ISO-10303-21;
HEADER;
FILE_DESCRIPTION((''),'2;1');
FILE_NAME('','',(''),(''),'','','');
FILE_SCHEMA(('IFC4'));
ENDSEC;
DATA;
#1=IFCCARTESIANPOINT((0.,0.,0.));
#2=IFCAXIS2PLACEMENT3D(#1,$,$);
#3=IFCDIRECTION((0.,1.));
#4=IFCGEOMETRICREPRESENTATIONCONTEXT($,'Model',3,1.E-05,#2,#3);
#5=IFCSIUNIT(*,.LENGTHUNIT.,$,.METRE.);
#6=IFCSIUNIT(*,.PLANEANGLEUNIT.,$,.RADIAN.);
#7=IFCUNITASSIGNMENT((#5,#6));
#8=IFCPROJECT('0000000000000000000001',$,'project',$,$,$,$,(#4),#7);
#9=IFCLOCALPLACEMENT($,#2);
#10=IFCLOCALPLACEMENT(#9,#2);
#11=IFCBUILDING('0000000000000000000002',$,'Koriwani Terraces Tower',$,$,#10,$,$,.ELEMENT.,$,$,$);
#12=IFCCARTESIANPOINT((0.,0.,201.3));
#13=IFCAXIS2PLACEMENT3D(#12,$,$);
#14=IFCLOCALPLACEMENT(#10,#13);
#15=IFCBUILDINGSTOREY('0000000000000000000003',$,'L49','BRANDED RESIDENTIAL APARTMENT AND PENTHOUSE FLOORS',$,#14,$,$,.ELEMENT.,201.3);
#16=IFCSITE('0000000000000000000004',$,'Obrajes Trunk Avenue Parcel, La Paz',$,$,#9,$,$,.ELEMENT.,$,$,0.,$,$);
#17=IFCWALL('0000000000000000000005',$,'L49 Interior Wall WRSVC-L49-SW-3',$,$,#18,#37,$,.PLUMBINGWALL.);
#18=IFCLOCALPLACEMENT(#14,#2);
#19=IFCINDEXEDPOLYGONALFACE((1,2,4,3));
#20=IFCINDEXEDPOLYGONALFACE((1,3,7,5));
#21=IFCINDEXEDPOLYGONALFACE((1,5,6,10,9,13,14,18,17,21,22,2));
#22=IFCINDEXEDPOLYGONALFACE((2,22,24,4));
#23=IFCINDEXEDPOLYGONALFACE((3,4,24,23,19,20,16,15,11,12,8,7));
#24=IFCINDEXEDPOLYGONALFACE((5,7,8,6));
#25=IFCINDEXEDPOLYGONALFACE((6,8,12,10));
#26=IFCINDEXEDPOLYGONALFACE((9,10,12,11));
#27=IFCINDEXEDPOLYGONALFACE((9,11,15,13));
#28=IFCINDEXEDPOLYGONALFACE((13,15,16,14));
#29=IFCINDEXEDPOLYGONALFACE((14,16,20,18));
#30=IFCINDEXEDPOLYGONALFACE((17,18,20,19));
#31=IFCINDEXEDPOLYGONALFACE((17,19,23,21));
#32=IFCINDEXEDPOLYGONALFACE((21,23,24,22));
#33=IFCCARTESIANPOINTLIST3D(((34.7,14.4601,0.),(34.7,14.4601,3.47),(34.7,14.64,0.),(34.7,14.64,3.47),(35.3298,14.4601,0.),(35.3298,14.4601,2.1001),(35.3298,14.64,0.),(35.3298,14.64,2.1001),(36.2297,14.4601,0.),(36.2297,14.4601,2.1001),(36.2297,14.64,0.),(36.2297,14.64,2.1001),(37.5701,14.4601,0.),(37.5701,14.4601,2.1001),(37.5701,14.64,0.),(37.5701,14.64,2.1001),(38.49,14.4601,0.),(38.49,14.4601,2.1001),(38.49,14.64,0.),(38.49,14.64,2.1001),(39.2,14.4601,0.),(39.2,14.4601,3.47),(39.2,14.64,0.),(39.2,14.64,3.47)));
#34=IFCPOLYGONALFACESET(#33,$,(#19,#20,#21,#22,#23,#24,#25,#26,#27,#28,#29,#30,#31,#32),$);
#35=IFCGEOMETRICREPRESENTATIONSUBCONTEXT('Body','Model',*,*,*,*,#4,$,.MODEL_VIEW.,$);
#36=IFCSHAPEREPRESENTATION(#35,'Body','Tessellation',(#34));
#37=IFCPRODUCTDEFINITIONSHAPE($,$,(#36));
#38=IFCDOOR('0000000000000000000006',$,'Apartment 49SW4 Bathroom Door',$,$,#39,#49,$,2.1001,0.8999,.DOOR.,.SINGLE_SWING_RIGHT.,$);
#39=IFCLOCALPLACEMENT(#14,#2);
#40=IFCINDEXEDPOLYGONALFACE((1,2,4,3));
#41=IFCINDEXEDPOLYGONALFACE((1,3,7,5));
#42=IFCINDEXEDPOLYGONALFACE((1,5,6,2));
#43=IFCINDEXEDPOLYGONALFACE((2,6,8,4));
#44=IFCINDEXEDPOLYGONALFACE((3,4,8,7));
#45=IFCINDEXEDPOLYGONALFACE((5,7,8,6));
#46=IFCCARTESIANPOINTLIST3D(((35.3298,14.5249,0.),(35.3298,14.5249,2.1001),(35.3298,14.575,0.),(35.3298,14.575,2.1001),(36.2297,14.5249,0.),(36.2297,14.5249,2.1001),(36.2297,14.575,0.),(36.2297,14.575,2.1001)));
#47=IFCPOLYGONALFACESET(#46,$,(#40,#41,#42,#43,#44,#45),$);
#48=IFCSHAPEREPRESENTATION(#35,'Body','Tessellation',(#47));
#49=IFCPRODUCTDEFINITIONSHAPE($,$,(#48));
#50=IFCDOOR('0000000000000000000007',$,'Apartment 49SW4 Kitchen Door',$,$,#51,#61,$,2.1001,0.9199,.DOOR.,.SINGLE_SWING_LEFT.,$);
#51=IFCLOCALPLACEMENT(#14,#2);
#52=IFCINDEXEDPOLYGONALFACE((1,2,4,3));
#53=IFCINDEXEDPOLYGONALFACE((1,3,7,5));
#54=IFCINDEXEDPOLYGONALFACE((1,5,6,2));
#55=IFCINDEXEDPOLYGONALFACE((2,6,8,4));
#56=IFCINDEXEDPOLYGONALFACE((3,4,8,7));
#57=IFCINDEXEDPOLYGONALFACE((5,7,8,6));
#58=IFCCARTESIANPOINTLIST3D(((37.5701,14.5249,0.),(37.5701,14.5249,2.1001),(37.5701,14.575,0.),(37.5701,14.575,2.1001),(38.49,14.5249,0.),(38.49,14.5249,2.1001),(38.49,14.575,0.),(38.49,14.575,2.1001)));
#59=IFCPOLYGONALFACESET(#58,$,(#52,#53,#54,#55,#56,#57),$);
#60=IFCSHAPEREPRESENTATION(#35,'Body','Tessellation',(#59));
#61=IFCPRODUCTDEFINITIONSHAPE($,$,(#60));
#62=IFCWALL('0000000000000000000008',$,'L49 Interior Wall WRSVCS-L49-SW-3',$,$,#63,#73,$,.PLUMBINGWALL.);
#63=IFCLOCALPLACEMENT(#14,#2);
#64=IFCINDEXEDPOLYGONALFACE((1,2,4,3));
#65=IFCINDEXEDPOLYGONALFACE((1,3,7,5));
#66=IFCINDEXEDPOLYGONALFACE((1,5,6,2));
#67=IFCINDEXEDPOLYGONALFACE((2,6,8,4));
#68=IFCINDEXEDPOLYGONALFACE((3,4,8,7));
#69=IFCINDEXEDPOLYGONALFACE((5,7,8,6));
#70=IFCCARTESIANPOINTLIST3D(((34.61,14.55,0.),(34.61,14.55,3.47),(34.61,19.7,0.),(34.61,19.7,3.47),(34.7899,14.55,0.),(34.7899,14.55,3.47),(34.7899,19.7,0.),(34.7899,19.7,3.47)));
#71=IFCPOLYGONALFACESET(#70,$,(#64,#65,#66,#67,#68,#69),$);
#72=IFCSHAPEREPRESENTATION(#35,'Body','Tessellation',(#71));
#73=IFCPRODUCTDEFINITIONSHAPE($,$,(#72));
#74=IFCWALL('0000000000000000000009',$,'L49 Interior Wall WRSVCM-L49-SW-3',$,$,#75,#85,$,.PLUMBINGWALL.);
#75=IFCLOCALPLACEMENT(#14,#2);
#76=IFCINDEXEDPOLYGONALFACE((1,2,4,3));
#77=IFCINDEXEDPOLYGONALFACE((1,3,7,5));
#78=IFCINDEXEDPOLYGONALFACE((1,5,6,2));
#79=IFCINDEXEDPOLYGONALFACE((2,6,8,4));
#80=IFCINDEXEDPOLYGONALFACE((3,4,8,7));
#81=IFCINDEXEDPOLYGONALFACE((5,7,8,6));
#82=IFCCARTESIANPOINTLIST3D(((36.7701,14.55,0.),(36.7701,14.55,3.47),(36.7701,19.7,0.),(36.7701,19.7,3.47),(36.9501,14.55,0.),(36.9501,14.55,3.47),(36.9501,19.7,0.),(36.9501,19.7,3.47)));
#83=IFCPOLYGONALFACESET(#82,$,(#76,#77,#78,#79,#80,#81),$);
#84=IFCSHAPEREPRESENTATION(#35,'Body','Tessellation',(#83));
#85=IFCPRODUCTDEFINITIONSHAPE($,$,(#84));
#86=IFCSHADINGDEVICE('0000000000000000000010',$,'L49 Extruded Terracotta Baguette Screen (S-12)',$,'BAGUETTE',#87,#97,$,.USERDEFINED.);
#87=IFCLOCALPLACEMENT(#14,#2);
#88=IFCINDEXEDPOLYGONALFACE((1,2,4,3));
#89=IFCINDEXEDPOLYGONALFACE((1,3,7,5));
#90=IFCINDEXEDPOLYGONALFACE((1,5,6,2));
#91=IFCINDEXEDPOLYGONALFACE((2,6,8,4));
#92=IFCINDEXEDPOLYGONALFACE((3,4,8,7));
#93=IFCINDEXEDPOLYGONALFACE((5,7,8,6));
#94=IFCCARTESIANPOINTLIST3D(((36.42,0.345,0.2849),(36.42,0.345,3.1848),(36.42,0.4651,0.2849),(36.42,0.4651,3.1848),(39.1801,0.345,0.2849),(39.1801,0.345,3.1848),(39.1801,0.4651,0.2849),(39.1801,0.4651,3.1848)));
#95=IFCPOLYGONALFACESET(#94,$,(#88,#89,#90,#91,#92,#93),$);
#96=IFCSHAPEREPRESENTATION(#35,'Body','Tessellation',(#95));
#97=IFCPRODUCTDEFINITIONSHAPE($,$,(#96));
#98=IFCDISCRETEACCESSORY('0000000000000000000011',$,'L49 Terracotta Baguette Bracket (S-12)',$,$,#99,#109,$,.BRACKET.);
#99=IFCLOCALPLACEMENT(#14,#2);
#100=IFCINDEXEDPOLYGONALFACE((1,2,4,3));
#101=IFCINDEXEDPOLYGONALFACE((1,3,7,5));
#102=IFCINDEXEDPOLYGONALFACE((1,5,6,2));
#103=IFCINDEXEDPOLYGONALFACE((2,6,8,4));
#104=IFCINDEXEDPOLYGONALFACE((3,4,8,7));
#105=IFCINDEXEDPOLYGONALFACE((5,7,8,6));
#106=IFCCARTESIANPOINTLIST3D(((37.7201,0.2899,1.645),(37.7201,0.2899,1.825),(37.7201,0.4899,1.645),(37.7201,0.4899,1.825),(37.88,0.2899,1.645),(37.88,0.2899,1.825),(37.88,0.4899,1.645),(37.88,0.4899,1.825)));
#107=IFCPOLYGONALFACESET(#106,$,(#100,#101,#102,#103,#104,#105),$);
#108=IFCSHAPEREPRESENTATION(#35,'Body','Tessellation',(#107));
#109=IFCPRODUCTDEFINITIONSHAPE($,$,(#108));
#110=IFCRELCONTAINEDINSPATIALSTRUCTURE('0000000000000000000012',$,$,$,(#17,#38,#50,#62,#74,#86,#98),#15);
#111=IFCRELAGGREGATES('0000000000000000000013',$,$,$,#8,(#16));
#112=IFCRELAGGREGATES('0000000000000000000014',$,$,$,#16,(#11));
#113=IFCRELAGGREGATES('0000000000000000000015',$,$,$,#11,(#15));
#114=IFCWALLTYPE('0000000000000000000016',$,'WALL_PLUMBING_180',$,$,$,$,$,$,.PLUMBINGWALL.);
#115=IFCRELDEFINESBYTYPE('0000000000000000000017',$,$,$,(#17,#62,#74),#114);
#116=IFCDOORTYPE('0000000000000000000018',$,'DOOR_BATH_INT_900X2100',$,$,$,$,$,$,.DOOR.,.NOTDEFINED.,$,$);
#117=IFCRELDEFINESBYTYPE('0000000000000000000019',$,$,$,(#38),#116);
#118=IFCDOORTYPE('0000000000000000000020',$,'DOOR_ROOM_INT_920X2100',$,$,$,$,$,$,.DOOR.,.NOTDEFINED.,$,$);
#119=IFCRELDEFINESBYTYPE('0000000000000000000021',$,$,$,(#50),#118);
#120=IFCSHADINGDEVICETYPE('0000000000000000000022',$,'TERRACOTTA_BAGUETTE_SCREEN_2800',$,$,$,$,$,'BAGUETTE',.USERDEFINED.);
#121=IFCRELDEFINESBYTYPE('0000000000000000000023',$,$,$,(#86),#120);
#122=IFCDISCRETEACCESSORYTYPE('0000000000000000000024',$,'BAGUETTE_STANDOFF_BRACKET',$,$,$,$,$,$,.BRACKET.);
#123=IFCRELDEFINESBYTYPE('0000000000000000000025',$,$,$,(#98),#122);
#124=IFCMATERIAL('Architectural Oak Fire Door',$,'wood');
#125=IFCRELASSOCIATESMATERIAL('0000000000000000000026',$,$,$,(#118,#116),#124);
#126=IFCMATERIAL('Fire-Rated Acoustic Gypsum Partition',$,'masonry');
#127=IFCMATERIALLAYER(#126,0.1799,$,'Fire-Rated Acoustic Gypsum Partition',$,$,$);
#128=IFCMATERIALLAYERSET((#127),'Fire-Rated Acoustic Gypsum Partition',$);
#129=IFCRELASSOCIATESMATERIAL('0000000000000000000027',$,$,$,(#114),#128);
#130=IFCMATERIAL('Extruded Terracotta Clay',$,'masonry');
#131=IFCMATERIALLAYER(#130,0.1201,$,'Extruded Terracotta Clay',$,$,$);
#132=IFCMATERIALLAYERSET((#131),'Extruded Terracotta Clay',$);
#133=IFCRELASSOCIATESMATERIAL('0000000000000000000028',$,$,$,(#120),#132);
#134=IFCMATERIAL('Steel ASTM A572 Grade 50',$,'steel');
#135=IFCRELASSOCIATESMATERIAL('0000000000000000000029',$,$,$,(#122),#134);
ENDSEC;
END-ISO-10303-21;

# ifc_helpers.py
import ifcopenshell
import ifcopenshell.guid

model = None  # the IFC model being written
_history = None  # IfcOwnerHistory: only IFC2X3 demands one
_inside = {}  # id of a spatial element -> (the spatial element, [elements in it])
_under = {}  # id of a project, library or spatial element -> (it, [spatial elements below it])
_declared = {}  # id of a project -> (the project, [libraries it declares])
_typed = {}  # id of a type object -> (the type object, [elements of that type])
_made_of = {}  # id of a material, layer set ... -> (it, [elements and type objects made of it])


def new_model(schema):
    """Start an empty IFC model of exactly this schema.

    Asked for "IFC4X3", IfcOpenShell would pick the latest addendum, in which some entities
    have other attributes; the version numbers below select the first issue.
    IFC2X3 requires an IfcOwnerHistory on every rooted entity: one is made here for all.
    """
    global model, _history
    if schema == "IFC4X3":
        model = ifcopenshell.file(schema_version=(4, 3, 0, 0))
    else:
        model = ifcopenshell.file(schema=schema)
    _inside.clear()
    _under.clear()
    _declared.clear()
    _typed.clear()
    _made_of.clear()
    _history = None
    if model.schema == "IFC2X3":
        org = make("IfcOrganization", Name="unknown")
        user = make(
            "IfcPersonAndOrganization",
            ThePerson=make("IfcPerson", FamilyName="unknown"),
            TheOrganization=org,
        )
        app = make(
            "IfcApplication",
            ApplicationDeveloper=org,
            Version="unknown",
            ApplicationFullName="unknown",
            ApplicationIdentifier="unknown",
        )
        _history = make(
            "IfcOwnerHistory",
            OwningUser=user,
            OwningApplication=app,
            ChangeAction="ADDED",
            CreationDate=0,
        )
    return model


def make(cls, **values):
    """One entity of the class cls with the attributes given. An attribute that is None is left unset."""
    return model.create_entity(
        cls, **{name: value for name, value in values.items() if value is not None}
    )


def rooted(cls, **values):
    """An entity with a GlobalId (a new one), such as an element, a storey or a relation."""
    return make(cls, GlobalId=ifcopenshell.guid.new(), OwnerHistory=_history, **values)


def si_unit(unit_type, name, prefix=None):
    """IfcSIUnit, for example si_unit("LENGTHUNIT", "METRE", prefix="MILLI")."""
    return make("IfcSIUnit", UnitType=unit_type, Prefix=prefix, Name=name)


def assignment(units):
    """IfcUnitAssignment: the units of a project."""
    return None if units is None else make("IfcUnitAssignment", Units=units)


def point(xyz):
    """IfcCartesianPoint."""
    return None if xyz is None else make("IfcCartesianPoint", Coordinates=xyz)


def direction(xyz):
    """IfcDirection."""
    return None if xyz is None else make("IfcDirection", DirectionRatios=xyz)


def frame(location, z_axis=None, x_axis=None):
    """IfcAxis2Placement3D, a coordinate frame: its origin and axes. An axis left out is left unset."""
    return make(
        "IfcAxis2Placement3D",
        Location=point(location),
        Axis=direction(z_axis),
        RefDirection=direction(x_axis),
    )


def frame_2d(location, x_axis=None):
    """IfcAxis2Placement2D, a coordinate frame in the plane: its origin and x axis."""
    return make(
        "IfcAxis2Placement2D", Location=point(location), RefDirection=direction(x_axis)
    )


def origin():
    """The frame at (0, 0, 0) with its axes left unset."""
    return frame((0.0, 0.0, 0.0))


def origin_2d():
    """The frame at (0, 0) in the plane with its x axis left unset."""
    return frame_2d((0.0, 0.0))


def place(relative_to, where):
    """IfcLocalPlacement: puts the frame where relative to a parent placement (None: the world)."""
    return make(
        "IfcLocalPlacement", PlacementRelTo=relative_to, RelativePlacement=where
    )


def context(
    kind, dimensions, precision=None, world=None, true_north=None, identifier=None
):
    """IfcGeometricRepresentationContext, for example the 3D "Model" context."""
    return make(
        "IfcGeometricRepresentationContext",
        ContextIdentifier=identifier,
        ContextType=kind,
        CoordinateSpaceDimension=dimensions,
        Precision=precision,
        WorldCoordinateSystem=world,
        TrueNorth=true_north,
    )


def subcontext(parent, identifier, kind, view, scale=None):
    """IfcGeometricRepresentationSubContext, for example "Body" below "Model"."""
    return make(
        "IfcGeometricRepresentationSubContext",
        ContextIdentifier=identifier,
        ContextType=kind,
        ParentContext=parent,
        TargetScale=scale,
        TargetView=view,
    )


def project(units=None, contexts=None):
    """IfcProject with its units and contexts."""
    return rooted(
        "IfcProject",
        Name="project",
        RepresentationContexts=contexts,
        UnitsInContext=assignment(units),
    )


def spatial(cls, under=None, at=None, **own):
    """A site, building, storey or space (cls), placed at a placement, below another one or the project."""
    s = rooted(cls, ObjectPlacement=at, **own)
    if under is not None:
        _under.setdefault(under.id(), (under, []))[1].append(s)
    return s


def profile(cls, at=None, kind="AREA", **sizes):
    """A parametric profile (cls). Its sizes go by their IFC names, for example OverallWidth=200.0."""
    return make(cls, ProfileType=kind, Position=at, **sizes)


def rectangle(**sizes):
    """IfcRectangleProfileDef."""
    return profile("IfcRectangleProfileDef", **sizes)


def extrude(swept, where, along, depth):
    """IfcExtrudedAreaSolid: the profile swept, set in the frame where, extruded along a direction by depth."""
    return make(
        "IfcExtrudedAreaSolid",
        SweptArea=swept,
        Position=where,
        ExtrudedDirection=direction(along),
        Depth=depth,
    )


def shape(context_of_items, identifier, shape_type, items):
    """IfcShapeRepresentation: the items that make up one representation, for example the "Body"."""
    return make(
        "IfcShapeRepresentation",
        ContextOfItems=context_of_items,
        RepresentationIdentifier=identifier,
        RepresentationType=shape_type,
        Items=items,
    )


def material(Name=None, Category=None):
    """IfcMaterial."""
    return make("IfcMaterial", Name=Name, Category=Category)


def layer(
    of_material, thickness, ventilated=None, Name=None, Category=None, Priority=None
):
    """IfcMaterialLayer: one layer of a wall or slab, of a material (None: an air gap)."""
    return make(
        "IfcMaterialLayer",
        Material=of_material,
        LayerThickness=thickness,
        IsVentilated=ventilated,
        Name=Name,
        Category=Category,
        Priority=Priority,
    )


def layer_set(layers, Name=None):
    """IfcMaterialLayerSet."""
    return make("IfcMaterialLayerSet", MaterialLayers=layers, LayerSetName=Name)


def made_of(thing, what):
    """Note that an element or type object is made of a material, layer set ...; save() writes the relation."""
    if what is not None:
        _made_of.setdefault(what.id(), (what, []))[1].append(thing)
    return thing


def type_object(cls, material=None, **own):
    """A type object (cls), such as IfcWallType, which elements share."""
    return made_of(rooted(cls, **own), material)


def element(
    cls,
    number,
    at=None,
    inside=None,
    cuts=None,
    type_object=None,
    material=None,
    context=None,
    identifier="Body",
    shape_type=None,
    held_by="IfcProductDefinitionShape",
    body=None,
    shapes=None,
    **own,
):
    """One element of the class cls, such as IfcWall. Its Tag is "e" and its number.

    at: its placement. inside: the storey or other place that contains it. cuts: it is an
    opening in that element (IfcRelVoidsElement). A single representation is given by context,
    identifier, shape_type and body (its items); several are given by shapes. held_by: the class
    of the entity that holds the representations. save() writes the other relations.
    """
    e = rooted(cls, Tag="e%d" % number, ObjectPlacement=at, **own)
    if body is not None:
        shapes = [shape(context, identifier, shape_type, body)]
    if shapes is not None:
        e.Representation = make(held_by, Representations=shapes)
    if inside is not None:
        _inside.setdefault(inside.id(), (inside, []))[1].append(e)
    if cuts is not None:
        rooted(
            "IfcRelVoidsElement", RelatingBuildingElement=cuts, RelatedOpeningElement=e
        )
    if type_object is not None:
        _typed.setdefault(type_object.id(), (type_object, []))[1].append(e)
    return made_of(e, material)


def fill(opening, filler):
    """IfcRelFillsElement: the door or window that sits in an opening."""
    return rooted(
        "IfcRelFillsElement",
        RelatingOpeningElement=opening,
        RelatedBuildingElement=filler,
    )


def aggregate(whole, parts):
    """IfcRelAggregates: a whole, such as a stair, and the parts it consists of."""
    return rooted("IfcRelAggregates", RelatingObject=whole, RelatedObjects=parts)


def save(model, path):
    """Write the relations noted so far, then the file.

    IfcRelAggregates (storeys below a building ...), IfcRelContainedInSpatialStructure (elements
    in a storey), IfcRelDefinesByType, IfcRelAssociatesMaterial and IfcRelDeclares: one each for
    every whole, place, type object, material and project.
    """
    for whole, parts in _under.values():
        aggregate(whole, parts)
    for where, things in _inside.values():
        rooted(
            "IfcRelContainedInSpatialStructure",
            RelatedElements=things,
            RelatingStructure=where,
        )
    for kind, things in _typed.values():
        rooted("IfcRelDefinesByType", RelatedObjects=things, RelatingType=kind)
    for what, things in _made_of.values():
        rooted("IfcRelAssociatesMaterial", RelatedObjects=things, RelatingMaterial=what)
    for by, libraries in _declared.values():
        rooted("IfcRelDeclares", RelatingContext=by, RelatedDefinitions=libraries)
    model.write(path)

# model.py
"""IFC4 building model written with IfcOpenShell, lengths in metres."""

from ifc_helpers import new_model, si_unit, direction, frame, frame_2d, origin, origin_2d, place, context, subcontext, project, spatial, rectangle, extrude, material, layer, layer_set, type_object, element, fill, save


model = new_model("IFC4")

# Units and contexts
model_context = context("Model", 3, precision=1e-05, world=origin(), true_north=direction((0.0, 1.0)))
body_context = subcontext(model_context, "Body", "Model", "MODEL_VIEW")
ifc_project = project(units=[si_unit("LENGTHUNIT", "METRE"), si_unit("PLANEANGLEUNIT", "RADIAN")], contexts=[model_context])

# Site, building, storey
site_placement = place(None, origin())
site = spatial("IfcSite", under=ifc_project, at=site_placement, Name="Obrajes Trunk Avenue Parcel, La Paz", CompositionType="ELEMENT", RefElevation=0.0)
building_placement = place(site_placement, origin())
building = spatial("IfcBuilding", under=site, at=building_placement, Name="Koriwani Terraces Tower", CompositionType="ELEMENT")
storey_placement = place(building_placement, frame((0.0, 0.0, 201.3)))
storey = spatial("IfcBuildingStorey", under=building, at=storey_placement, Name="L49", Description="BRANDED RESIDENTIAL APARTMENT AND PENTHOUSE FLOORS", CompositionType="ELEMENT", Elevation=201.3)

# Shared definitions
ifc_material_1 = material(Name="Steel ASTM A572 Grade 50", Category="steel")

# Shared definitions
ifc_material_2 = material(Name="Architectural Oak Fire Door", Category="wood")
door_type_1 = type_object("IfcDoorType", Name="DOOR_ROOM_INT_920X2100", OperationType="NOTDEFINED", PredefinedType="DOOR", material=ifc_material_2)

# Shared definitions
ifc_material_3 = material(Name="Fire-Rated Acoustic Gypsum Partition", Category="masonry")
ifc_layer_1 = layer(ifc_material_3, 0.1799, Name="Fire-Rated Acoustic Gypsum Partition")
ifc_layer_set_1 = layer_set([ifc_layer_1], Name="Fire-Rated Acoustic Gypsum Partition")
wall_type_1 = type_object("IfcWallType", Name="WALL_PLUMBING_180", PredefinedType="PLUMBINGWALL", material=ifc_layer_set_1)
door_type_2 = type_object("IfcDoorType", Name="DOOR_BATH_INT_900X2100", OperationType="NOTDEFINED", PredefinedType="DOOR", material=ifc_material_2)

# Wall, openings, doors
wall_1_placement = place(storey_placement, frame((34.7, 14.55, 0.0), z_axis=(0.0, 0.0, 1.0), x_axis=(1.0, 0.0, 0.0)))
wall_1 = element("IfcWall", 1, at=wall_1_placement, inside=storey, type_object=wall_type_1, Name="L49 Interior Wall WRSVC-L49-SW-3", PredefinedType="PLUMBINGWALL", context=body_context, shape_type="SweptSolid", body=[
    extrude(rectangle(XDim=4.5, YDim=0.1799, at=frame_2d((2.25, 0.0))), origin(), (0.0, 0.0, 1.0), 3.47),
])
opening_1_placement = place(wall_1_placement, frame((0.6299, 0.0, 0.0)))
opening_1 = element("IfcOpeningElement", 2, at=opening_1_placement, cuts=wall_1, PredefinedType="OPENING", context=body_context, shape_type="SweptSolid", body=[
    extrude(rectangle(XDim=0.8999, YDim=2.1001, at=frame_2d((0.45, 1.05))), frame((0.0, 0.1001, 0.0), z_axis=(0.0, -1.0, 0.0), x_axis=(1.0, 0.0, 0.0)), (0.0, 0.0, 1.0), 0.2),
])
opening_2_placement = place(wall_1_placement, frame((2.8701, 0.0, 0.0)))
opening_2 = element("IfcOpeningElement", 3, at=opening_2_placement, cuts=wall_1, PredefinedType="OPENING", context=body_context, shape_type="SweptSolid", body=[
    extrude(rectangle(XDim=0.9199, YDim=2.1001, at=frame_2d((0.46, 1.05))), frame((0.0, 0.1001, 0.0), z_axis=(0.0, -1.0, 0.0), x_axis=(1.0, 0.0, 0.0)), (0.0, 0.0, 1.0), 0.2),
])
door_1_placement = place(opening_1_placement, origin())
door_1 = element("IfcDoor", 4, at=door_1_placement, inside=storey, type_object=door_type_2, Name="Apartment 49SW4 Bathroom Door", OperationType="SINGLE_SWING_RIGHT", OverallHeight=2.1001, OverallWidth=0.8999, PredefinedType="DOOR", context=body_context, shape_type="SweptSolid", body=[
    extrude(rectangle(XDim=0.8999, YDim=2.1001, at=frame_2d((0.45, 1.05))), frame((0.0, 0.0249, 0.0), z_axis=(0.0, -1.0, 0.0), x_axis=(1.0, 0.0, 0.0)), (0.0, 0.0, 1.0), 0.05),
])
fill(opening_1, door_1)
door_2_placement = place(opening_2_placement, origin())
door_2 = element("IfcDoor", 5, at=door_2_placement, inside=storey, type_object=door_type_1, Name="Apartment 49SW4 Kitchen Door", OperationType="SINGLE_SWING_LEFT", OverallHeight=2.1001, OverallWidth=0.9199, PredefinedType="DOOR", context=body_context, shape_type="SweptSolid", body=[
    extrude(rectangle(XDim=0.9199, YDim=2.1001, at=frame_2d((0.46, 1.05))), frame((0.0, 0.0249, 0.0), z_axis=(0.0, -1.0, 0.0), x_axis=(1.0, 0.0, 0.0)), (0.0, 0.0, 1.0), 0.05),
])
fill(opening_2, door_2)

# Walls
for number, where, z_axis, x_axis, name in (
    (6, (34.7, 14.55, 0.0), (0.0, 0.0, 1.0), (0.0, 1.0, 0.0), "L49 Interior Wall WRSVCS-L49-SW-3"),
    (7, (36.8601, 14.55, 0.0), (0.0, 0.0, 1.0), (0.0, 1.0, 0.0), "L49 Interior Wall WRSVCM-L49-SW-3"),
):
    element("IfcWall", number, at=place(storey_placement, frame(where, z_axis=z_axis, x_axis=x_axis)), inside=storey, type_object=wall_type_1, Name=name, PredefinedType="PLUMBINGWALL", context=body_context, shape_type="SweptSolid", body=[
        extrude(rectangle(XDim=5.1499, YDim=0.1799, at=frame_2d((2.575, 0.0))), origin(), (0.0, 0.0, 1.0), 3.47),
    ])

# Shading device
ifc_material_4 = material(Name="Extruded Terracotta Clay", Category="masonry")
ifc_layer_2 = layer(ifc_material_4, 0.1201, Name="Extruded Terracotta Clay")
ifc_layer_set_2 = layer_set([ifc_layer_2], Name="Extruded Terracotta Clay")
shading_device_type = type_object("IfcShadingDeviceType", Name="TERRACOTTA_BAGUETTE_SCREEN_2800", ElementType="BAGUETTE", PredefinedType="USERDEFINED", material=ifc_layer_set_2)
shading_device_placement = place(storey_placement, frame((37.8, 0.405, 0.2849), z_axis=(0.0, 0.0, 1.0), x_axis=(-1.0, 0.0, 0.0)))
element("IfcShadingDevice", 8, at=shading_device_placement, inside=storey, type_object=shading_device_type, Name="L49 Extruded Terracotta Baguette Screen (S-12)", ObjectType="BAGUETTE", PredefinedType="USERDEFINED", context=body_context, shape_type="SweptSolid", body=[
    extrude(rectangle(XDim=2.76, YDim=0.1201, at=origin_2d()), origin(), (0.0, 0.0, 1.0), 2.8999),
])

# Discrete accessory
discrete_accessory_type = type_object("IfcDiscreteAccessoryType", Name="BAGUETTE_STANDOFF_BRACKET", PredefinedType="BRACKET", material=ifc_material_1)
discrete_accessory_placement = place(storey_placement, frame((37.8, 0.3899, 1.645), z_axis=(0.0, 0.0, 1.0), x_axis=(-1.0, 0.0, 0.0)))
element("IfcDiscreteAccessory", 9, at=discrete_accessory_placement, inside=storey, type_object=discrete_accessory_type, Name="L49 Terracotta Baguette Bracket (S-12)", PredefinedType="BRACKET", context=body_context, shape_type="SweptSolid", body=[
    extrude(rectangle(XDim=0.1599, YDim=0.2, at=origin_2d()), origin(), (0.0, 0.0, 1.0), 0.1799),
])

save(model, "model.ifc")
